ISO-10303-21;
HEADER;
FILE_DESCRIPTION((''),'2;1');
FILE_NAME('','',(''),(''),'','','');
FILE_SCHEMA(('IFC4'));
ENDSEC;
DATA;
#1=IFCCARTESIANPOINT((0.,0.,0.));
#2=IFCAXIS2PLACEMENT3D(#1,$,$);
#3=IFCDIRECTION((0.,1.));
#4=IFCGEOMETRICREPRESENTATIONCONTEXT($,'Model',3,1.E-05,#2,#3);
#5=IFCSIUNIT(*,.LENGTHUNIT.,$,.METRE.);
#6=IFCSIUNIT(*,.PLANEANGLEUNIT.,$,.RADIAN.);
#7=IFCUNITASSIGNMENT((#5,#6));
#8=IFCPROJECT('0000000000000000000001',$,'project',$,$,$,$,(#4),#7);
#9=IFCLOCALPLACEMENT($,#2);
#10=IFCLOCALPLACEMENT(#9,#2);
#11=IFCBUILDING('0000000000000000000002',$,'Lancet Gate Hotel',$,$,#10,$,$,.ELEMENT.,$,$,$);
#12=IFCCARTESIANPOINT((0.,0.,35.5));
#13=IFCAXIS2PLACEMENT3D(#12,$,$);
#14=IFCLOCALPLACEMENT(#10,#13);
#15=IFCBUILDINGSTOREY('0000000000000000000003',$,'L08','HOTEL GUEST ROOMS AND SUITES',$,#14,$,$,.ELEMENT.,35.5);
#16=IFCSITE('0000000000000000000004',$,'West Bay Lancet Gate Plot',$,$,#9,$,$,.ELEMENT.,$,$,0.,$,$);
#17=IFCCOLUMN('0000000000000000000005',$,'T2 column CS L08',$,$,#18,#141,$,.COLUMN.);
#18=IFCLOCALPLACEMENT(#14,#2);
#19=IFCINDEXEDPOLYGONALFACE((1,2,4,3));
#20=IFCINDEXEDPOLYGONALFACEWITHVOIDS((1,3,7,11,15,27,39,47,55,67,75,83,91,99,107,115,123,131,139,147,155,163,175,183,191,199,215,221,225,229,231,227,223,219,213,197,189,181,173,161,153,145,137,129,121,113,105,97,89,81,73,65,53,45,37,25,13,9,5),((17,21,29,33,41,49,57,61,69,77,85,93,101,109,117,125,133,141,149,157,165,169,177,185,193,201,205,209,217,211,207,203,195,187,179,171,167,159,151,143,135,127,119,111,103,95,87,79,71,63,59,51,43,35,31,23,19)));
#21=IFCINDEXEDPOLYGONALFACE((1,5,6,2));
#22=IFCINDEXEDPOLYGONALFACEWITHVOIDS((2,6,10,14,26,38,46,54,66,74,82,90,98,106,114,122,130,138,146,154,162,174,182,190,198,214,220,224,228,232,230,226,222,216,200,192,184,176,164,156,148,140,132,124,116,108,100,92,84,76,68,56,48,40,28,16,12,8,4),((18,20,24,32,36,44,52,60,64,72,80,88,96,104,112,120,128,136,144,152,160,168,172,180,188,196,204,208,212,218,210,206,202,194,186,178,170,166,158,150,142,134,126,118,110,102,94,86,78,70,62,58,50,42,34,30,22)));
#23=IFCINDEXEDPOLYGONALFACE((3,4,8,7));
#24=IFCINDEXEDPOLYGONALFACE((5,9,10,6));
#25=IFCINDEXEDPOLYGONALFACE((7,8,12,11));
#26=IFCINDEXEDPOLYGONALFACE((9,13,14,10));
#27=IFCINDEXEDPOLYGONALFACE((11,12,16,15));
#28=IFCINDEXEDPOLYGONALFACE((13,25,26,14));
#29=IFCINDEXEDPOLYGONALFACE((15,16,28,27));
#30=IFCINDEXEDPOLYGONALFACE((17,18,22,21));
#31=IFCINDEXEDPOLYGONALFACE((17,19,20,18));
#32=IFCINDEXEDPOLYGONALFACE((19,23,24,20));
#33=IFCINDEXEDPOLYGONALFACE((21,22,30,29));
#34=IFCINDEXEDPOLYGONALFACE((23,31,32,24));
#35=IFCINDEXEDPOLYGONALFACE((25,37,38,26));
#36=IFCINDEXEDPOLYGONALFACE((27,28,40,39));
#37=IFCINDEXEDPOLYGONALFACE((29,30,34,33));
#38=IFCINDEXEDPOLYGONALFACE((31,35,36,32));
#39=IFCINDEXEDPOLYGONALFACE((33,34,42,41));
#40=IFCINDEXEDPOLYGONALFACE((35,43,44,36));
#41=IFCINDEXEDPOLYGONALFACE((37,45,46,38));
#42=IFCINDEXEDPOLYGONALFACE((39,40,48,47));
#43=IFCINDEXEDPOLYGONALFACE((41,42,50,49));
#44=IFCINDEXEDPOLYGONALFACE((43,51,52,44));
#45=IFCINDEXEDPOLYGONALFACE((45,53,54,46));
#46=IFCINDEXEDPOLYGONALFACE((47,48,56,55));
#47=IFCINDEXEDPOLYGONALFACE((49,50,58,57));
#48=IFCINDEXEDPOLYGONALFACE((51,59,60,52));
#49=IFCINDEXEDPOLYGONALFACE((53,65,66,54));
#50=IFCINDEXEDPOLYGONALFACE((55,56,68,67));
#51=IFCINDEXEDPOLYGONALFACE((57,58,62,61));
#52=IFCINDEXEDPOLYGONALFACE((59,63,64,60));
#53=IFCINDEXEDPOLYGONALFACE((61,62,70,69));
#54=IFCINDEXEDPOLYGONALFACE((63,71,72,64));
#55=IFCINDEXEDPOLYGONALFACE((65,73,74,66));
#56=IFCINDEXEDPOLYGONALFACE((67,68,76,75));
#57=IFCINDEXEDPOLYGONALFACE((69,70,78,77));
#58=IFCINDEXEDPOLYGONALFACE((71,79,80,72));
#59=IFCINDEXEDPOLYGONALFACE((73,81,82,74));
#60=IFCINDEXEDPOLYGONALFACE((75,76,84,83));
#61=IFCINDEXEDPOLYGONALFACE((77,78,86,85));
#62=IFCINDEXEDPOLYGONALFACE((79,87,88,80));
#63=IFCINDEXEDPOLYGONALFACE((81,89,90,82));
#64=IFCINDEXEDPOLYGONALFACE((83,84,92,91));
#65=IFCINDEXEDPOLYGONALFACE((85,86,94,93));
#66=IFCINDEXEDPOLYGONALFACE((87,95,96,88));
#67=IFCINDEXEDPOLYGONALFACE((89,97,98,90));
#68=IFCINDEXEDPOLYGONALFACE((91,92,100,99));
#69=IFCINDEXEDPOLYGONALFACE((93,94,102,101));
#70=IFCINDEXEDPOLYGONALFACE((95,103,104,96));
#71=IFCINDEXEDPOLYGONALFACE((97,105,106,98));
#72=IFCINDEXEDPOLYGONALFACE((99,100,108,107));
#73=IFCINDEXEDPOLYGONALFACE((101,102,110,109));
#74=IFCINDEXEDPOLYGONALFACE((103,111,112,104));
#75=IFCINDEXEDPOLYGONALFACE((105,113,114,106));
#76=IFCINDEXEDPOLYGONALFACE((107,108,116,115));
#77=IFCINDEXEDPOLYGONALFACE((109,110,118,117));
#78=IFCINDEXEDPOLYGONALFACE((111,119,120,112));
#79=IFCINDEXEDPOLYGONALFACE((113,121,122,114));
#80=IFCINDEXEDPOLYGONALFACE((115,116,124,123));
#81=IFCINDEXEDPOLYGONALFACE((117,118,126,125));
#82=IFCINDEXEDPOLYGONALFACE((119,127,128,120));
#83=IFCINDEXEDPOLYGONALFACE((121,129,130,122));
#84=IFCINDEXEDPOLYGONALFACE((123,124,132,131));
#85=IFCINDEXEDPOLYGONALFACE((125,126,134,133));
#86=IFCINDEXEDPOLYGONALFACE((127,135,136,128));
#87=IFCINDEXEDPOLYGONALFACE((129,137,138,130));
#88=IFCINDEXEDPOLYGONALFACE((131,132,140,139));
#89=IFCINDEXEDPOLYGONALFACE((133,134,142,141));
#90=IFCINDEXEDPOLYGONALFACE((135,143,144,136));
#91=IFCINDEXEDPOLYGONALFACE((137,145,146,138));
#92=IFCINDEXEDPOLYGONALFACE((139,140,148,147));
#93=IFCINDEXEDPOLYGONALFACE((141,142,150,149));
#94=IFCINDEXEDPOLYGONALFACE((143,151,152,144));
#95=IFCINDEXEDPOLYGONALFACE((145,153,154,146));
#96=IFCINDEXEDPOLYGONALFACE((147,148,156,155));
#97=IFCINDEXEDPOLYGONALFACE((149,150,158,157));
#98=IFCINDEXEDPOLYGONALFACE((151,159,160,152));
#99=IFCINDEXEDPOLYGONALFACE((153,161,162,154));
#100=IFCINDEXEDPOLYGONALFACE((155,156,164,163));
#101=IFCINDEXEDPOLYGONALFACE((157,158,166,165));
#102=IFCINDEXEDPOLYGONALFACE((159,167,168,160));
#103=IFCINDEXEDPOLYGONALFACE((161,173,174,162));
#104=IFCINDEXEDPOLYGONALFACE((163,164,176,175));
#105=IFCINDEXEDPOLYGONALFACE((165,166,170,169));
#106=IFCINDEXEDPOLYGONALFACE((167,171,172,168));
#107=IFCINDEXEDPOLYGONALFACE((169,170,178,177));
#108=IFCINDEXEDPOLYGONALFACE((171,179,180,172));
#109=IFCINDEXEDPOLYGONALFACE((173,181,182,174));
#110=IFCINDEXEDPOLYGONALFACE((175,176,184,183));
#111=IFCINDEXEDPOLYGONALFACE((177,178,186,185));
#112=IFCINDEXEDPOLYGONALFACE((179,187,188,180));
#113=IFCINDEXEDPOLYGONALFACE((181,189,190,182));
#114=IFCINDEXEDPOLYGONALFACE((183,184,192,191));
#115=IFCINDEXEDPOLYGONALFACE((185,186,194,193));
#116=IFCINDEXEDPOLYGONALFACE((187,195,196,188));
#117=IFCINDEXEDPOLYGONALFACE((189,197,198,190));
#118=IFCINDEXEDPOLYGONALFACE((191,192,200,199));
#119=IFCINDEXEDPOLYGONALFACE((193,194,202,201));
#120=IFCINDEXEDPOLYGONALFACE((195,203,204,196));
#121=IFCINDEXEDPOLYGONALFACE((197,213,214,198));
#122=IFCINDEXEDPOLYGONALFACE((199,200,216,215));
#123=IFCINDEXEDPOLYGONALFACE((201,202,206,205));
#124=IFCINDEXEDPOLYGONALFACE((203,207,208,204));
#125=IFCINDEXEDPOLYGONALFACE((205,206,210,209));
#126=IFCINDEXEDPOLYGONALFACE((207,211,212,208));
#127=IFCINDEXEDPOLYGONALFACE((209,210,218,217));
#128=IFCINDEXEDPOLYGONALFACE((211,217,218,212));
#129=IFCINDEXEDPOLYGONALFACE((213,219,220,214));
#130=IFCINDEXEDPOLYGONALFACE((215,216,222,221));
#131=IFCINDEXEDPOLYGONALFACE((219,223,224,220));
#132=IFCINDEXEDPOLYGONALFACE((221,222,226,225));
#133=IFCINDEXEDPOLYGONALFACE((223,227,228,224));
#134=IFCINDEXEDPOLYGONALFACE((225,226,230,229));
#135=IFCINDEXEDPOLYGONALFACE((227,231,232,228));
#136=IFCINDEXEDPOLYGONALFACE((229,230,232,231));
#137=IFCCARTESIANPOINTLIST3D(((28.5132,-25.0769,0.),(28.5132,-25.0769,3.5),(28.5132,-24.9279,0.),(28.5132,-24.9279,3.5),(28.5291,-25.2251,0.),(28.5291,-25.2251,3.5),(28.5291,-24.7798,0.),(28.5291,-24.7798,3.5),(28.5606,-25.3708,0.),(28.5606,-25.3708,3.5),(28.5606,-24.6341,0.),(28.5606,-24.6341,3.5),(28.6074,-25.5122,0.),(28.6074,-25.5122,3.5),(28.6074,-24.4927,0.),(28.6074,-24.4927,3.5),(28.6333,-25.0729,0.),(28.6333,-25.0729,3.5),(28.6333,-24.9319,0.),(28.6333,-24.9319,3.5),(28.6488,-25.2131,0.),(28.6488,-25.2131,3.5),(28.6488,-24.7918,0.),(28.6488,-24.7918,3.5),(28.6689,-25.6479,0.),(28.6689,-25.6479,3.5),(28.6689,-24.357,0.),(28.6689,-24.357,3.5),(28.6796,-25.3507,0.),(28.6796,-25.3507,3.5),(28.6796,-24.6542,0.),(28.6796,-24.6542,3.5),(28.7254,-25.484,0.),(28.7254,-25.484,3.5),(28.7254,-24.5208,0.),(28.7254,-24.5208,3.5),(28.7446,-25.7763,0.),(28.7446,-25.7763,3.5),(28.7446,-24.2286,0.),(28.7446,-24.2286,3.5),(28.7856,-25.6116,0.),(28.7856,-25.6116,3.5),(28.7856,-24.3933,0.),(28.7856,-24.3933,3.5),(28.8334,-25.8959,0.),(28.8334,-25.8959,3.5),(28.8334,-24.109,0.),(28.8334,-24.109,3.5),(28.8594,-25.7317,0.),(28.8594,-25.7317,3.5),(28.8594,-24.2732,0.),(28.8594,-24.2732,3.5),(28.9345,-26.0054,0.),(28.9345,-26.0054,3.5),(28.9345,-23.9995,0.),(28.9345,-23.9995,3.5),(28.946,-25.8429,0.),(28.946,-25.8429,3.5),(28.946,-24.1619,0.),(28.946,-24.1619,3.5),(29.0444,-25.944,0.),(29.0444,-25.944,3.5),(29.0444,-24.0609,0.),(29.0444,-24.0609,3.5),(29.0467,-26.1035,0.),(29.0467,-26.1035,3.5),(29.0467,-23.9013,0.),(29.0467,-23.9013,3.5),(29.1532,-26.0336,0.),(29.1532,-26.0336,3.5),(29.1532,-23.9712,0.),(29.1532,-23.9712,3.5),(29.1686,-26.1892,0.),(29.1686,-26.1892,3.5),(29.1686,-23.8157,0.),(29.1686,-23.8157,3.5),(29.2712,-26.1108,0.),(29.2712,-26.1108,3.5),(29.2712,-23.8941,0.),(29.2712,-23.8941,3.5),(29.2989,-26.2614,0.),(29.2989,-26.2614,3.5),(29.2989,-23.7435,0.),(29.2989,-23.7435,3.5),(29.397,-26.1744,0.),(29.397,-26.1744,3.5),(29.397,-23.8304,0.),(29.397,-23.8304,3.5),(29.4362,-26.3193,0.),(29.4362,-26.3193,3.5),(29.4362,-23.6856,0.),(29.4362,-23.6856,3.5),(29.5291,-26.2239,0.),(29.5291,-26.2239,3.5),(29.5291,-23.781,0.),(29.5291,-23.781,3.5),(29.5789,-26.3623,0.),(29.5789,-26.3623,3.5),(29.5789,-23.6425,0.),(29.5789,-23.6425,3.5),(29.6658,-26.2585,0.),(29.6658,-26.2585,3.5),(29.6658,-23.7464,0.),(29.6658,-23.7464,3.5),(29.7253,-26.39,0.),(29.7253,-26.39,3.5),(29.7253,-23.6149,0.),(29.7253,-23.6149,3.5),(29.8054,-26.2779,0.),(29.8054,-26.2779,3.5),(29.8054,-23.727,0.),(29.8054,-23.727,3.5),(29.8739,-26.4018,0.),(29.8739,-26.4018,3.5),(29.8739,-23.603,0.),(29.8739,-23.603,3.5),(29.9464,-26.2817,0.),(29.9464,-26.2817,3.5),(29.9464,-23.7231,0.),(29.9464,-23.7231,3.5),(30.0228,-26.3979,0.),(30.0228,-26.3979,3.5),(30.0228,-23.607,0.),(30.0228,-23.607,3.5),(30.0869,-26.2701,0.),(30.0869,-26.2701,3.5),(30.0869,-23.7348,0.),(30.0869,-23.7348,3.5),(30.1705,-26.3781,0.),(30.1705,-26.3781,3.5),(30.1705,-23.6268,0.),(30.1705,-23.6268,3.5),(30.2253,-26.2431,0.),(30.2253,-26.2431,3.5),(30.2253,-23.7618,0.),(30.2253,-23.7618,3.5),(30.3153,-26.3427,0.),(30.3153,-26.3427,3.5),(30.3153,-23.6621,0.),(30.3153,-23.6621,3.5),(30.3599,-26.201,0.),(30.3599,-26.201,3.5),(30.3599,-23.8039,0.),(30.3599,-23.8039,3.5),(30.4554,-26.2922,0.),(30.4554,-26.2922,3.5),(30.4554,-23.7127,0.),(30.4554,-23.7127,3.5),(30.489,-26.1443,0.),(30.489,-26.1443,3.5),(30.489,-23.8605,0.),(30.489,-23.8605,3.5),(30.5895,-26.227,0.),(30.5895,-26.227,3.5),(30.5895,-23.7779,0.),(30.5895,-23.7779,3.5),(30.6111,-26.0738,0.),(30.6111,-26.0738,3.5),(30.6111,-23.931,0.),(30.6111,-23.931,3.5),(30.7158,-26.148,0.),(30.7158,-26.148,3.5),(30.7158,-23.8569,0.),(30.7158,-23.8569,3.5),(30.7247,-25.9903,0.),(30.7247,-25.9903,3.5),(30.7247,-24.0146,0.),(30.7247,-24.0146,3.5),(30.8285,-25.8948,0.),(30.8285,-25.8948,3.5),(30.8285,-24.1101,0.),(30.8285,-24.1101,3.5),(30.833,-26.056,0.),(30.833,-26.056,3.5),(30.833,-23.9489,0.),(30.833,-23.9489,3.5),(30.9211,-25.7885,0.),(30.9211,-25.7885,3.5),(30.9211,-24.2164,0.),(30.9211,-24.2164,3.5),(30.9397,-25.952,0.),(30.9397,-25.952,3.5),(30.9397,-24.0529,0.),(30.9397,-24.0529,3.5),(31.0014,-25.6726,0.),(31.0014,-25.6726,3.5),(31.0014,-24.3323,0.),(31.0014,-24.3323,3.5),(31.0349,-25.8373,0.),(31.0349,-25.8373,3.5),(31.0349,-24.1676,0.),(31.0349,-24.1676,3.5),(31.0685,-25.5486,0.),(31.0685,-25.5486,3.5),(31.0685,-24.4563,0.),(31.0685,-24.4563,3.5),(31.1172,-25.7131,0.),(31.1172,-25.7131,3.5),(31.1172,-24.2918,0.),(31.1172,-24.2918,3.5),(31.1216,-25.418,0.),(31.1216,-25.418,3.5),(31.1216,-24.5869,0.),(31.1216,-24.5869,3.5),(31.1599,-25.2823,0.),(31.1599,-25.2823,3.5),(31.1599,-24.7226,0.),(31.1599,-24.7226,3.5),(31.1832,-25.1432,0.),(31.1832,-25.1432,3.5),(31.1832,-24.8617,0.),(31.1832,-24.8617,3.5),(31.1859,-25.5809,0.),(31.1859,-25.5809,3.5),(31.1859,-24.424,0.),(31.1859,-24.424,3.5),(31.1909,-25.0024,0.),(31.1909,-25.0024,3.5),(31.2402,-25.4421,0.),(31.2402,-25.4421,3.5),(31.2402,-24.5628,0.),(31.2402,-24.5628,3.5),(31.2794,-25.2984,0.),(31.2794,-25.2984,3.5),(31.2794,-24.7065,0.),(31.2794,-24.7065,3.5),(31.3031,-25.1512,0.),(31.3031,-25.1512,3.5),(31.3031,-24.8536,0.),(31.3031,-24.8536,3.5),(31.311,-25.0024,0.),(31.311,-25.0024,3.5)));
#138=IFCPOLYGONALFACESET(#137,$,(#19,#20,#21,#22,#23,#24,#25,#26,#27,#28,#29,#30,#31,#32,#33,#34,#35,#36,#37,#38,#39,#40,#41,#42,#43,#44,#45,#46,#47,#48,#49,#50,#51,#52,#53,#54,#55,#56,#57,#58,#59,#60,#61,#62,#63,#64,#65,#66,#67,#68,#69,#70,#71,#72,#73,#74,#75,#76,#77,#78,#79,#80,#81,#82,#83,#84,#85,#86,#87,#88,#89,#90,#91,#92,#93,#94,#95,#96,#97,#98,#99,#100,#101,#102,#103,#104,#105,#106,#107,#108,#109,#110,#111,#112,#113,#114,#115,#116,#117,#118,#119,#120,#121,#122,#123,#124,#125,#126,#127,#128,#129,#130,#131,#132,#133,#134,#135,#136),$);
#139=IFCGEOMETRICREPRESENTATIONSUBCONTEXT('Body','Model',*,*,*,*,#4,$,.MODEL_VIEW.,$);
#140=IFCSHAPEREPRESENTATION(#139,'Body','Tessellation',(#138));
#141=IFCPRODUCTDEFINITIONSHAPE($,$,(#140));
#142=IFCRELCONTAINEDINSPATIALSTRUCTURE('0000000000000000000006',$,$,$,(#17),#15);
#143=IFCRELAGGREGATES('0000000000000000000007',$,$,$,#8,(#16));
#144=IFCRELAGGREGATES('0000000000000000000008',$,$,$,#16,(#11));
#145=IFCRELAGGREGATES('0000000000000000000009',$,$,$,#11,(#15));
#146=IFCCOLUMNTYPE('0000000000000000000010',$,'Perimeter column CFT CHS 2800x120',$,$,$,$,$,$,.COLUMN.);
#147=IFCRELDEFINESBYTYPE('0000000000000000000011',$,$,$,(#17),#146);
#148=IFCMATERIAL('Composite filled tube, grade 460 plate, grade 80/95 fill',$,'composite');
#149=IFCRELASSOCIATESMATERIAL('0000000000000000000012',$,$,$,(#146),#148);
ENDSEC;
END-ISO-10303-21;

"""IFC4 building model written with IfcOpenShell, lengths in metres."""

from ifc_helpers import new_model, si_unit, direction, frame, origin, origin_2d, place, context, subcontext, project, spatial, hollow_circle, extrude, material, material_profile, profile_set, type_object, element, save


model = new_model("IFC4")

# Units and contexts
model_context = context("Model", 3, precision=1e-05, world=origin(), true_north=direction((0.0, 1.0)))
body_context = subcontext(model_context, "Body", "Model", "MODEL_VIEW")
ifc_project = project(units=[si_unit("LENGTHUNIT", "METRE"), si_unit("PLANEANGLEUNIT", "RADIAN")], contexts=[model_context])

# Site, building, storey
site_placement = place(None, origin())
site = spatial("IfcSite", under=ifc_project, at=site_placement, Name="West Bay Lancet Gate Plot", CompositionType="ELEMENT", RefElevation=0.0)
building_placement = place(site_placement, origin())
building = spatial("IfcBuilding", under=site, at=building_placement, Name="Lancet Gate Hotel", CompositionType="ELEMENT")
storey_placement = place(building_placement, frame((0.0, 0.0, 35.5)))
storey = spatial("IfcBuildingStorey", under=building, at=storey_placement, Name="L08", Description="HOTEL GUEST ROOMS AND SUITES", CompositionType="ELEMENT", Elevation=35.5)

# Column
ifc_material_1 = material(Name="Composite filled tube, grade 460 plate, grade 80/95 fill", Category="composite")
ifc_material_profile_1 = material_profile(ifc_material_1, hollow_circle(Radius=1.3999, WallThickness=0.1201, at=origin_2d()), Name="CHS 2800x120")
ifc_profile_set_1 = profile_set([ifc_material_profile_1], Name="Composite filled tube, grade 460 plate, grade 80/95 fill")
column_type = type_object("IfcColumnType", Name="Perimeter column CFT CHS 2800x120", PredefinedType="COLUMN", material=ifc_profile_set_1)
for number, where, z_axis, x_axis, name in (
    (1, (29.9111, -25.0024, 0.0), (0.0, 0.0, 1.0), (1.0, 0.0, 0.0), "T2 column CS L08"),
):
    element("IfcColumn", number, at=place(storey_placement, frame(where, z_axis=z_axis, x_axis=x_axis)), inside=storey, type_object=column_type, Name=name, PredefinedType="COLUMN", context=body_context, shape_type="SweptSolid", body=[
        extrude(hollow_circle(Radius=1.3999, WallThickness=0.1201, at=origin_2d()), origin(), (0.0, 0.0, 1.0), 3.5),
    ])

save(model, "model.ifc")
